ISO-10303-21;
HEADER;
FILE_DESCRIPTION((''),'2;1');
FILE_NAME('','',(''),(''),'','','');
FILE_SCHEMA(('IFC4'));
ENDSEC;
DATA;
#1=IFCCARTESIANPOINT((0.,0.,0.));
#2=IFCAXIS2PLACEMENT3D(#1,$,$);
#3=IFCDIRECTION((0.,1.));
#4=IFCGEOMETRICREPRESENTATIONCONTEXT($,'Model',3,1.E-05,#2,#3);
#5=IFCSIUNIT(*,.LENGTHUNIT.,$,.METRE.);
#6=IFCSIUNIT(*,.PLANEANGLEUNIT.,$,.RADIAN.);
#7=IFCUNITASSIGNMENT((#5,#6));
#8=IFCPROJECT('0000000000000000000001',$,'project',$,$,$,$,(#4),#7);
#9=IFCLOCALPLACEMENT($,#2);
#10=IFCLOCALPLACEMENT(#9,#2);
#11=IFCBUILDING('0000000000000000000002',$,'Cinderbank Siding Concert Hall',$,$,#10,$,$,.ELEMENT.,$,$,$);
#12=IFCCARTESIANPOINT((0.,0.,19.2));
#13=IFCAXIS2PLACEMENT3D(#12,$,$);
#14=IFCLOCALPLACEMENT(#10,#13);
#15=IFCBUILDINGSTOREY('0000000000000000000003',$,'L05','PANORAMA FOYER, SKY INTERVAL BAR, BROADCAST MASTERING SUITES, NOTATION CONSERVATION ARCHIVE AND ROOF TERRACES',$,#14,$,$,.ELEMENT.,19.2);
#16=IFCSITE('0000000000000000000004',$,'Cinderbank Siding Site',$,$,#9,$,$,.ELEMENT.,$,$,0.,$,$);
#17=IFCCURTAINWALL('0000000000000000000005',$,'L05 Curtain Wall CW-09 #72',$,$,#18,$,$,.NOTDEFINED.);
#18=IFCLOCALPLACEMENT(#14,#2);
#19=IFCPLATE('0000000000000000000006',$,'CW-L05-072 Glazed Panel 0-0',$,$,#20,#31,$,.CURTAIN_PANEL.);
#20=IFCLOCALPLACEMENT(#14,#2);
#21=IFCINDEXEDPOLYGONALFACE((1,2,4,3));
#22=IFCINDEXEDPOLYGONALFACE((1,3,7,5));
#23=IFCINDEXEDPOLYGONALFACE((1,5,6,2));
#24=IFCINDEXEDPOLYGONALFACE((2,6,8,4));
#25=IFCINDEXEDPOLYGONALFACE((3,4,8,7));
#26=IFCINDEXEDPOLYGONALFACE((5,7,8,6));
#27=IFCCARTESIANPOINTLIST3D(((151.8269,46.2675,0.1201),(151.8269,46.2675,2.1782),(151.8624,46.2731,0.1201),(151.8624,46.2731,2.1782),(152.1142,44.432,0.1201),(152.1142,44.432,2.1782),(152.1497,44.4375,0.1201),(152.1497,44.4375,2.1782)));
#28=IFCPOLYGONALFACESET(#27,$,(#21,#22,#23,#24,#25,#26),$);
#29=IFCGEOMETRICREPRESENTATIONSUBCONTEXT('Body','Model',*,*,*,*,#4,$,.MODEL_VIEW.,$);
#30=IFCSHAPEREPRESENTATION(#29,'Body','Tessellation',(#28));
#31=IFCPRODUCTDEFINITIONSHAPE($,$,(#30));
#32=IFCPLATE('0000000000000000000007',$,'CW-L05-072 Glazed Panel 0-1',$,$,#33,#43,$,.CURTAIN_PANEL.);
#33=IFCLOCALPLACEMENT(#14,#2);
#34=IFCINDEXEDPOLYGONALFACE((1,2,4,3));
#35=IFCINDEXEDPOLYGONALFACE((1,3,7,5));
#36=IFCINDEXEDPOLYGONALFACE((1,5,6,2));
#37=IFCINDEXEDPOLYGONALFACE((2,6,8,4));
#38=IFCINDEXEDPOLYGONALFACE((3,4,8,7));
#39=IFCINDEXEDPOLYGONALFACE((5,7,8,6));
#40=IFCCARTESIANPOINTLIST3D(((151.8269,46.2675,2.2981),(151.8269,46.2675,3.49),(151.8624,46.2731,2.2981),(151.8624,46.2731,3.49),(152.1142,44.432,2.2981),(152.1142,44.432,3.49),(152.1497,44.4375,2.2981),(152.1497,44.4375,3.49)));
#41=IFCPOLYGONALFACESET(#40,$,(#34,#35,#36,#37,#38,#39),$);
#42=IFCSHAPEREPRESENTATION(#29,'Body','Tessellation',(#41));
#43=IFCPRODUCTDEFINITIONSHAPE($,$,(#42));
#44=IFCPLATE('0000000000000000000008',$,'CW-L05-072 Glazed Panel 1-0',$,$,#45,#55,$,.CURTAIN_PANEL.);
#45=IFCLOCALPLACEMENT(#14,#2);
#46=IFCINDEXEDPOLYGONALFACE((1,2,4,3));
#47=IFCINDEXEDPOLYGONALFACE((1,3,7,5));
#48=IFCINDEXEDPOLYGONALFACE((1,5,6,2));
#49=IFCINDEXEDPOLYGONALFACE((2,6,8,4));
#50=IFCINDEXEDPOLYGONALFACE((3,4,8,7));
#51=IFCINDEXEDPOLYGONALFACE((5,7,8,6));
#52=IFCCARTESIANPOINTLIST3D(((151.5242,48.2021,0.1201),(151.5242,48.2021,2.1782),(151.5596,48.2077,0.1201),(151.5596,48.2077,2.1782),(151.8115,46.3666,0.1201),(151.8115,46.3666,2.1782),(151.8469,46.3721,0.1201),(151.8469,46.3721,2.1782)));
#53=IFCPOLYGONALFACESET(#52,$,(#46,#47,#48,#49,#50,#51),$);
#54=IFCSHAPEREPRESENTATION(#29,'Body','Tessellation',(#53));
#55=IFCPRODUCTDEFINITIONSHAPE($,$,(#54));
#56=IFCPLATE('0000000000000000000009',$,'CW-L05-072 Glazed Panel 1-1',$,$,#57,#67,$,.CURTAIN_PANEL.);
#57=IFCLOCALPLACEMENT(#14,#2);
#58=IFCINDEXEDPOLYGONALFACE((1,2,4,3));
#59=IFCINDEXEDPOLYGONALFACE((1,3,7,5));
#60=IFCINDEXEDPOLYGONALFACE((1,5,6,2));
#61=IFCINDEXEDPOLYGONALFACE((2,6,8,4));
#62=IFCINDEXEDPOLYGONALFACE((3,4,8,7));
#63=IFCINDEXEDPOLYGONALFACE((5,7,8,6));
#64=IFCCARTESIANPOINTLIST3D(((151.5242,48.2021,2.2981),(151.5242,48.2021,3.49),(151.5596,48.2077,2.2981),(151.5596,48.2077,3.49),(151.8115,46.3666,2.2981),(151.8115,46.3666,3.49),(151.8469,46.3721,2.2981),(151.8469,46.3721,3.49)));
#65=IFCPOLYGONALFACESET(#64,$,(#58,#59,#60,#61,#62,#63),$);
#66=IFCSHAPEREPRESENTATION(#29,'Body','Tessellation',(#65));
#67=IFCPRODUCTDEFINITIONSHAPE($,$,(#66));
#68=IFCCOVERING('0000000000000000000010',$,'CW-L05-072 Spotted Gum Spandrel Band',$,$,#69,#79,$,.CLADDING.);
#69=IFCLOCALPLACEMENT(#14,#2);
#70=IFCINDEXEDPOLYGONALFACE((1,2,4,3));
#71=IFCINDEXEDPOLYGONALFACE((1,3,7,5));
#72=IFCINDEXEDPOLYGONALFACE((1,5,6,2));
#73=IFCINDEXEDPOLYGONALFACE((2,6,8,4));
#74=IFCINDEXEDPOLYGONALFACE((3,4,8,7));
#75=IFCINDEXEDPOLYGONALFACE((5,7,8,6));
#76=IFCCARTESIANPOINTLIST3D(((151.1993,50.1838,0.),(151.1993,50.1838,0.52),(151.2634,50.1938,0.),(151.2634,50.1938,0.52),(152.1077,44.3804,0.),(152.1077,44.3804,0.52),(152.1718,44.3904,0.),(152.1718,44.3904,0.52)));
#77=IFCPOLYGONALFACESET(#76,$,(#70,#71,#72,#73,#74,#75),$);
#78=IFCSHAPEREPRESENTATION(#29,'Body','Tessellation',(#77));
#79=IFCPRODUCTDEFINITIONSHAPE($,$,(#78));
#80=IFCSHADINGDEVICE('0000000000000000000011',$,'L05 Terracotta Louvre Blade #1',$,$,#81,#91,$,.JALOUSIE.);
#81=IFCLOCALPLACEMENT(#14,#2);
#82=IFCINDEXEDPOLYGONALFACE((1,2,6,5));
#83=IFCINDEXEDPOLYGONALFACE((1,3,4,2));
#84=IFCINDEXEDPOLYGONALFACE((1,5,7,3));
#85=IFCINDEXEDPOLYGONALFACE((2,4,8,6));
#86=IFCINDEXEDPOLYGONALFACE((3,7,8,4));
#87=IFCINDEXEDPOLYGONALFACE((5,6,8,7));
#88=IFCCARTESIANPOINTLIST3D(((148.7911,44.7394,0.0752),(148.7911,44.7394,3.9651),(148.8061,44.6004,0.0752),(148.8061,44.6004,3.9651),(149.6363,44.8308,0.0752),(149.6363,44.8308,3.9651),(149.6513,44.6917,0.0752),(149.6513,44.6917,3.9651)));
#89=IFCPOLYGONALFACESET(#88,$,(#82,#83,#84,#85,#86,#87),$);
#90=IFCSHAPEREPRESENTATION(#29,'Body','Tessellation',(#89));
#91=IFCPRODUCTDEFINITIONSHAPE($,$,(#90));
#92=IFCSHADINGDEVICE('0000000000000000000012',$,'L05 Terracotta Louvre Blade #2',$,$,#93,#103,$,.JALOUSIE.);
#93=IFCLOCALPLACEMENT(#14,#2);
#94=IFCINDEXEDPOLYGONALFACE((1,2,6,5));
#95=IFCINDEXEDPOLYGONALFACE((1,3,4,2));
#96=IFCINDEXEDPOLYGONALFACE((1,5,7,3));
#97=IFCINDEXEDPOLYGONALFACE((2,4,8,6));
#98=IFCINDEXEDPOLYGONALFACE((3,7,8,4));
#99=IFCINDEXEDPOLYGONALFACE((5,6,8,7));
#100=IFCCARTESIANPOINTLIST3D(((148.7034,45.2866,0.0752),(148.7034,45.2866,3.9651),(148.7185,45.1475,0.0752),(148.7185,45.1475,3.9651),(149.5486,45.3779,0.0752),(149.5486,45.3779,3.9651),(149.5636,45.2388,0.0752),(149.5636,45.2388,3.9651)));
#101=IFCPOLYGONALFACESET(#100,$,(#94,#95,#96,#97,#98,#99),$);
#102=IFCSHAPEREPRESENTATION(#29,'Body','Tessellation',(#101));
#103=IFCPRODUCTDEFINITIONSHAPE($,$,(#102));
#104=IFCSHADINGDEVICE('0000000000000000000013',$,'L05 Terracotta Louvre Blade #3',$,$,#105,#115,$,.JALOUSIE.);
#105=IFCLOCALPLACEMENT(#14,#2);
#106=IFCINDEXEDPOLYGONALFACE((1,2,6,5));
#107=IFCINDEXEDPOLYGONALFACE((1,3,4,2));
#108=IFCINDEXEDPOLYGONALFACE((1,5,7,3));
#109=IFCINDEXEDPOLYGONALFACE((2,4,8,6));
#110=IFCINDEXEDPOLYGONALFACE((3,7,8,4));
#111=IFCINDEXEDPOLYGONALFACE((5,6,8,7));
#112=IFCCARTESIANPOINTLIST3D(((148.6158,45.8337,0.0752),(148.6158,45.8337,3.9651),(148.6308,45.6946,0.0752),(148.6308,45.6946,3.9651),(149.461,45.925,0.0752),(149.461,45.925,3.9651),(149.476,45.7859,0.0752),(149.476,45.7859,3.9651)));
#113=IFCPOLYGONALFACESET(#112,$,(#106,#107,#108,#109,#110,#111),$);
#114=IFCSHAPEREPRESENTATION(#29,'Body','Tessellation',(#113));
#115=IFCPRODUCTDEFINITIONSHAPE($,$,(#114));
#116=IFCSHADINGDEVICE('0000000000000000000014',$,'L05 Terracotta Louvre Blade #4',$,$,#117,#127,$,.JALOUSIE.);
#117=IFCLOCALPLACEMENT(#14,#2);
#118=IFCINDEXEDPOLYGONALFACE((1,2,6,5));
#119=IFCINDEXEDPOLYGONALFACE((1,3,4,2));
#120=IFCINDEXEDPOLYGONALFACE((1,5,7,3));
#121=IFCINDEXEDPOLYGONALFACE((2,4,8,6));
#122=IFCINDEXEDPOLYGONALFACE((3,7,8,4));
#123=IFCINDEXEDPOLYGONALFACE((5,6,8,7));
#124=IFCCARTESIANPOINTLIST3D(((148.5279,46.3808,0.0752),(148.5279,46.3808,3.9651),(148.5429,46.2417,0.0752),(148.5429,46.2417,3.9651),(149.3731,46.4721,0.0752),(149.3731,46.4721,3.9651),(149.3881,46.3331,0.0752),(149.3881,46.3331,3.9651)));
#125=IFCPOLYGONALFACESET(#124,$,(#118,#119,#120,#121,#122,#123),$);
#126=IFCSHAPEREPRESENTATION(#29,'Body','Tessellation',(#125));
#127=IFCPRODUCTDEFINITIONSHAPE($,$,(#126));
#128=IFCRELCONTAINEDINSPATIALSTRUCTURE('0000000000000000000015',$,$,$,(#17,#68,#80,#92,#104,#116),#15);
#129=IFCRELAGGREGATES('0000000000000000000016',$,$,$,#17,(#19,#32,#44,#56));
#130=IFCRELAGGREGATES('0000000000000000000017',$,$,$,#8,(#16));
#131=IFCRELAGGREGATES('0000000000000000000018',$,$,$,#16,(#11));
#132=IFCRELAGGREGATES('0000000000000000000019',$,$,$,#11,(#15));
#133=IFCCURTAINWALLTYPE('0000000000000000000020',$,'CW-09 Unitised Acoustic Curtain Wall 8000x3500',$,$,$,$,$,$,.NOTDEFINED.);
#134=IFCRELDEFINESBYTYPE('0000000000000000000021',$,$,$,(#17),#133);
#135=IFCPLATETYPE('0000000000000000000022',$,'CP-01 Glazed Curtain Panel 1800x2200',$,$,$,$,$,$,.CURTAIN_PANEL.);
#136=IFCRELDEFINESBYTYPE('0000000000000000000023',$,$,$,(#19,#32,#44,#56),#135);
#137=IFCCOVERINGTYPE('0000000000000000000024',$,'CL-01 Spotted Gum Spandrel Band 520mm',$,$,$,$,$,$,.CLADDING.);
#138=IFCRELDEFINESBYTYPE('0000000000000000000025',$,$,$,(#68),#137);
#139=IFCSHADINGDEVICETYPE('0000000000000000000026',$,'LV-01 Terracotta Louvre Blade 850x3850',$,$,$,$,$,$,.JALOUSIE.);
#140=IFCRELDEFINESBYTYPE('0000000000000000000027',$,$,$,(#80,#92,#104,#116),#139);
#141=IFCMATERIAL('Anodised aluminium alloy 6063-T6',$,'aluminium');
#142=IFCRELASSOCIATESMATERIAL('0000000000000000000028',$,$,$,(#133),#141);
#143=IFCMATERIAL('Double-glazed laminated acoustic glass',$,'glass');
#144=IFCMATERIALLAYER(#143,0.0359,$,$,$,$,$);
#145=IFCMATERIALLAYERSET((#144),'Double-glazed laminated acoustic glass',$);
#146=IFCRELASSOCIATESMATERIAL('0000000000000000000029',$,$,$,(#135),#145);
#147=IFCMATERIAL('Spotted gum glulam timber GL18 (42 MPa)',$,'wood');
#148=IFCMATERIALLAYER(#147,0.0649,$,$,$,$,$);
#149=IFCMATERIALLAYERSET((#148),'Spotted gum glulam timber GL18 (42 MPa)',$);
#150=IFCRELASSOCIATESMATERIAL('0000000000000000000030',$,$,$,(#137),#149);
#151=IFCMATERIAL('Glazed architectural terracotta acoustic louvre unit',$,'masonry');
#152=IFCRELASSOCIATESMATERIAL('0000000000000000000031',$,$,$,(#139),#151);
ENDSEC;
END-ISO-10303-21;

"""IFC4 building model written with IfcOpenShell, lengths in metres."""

from ifc_helpers import new_model, si_unit, direction, frame, origin, origin_2d, place, context, subcontext, project, spatial, rectangle, extrude, material, layer, layer_set, type_object, element, aggregate, save


model = new_model("IFC4")

# Units and contexts
model_context = context("Model", 3, precision=1e-05, world=origin(), true_north=direction((0.0, 1.0)))
body_context = subcontext(model_context, "Body", "Model", "MODEL_VIEW")
ifc_project = project(units=[si_unit("LENGTHUNIT", "METRE"), si_unit("PLANEANGLEUNIT", "RADIAN")], contexts=[model_context])

# Site, building, storey
site_placement = place(None, origin())
site = spatial("IfcSite", under=ifc_project, at=site_placement, Name="Cinderbank Siding Site", CompositionType="ELEMENT", RefElevation=0.0)
building_placement = place(site_placement, origin())
building = spatial("IfcBuilding", under=site, at=building_placement, Name="Cinderbank Siding Concert Hall", CompositionType="ELEMENT")
storey_placement = place(building_placement, frame((0.0, 0.0, 19.2)))
storey = spatial("IfcBuildingStorey", under=building, at=storey_placement, Name="L05", Description="PANORAMA FOYER, SKY INTERVAL BAR, BROADCAST MASTERING SUITES, NOTATION CONSERVATION ARCHIVE AND ROOF TERRACES", CompositionType="ELEMENT", Elevation=19.2)

# Curtain wall
ifc_material_1 = material(Name="Anodised aluminium alloy 6063-T6", Category="aluminium")
curtain_wall_type = type_object("IfcCurtainWallType", Name="CW-09 Unitised Acoustic Curtain Wall 8000x3500", PredefinedType="NOTDEFINED", material=ifc_material_1)
curtain_wall_placement = place(storey_placement, origin())
curtain_wall = element("IfcCurtainWall", 1, at=curtain_wall_placement, inside=storey, type_object=curtain_wall_type, Name="L05 Curtain Wall CW-09 #72", PredefinedType="NOTDEFINED")

# Plates
ifc_material_2 = material(Name="Double-glazed laminated acoustic glass", Category="glass")
ifc_layer_1 = layer(ifc_material_2, 0.0359)
ifc_layer_set_1 = layer_set([ifc_layer_1], Name="Double-glazed laminated acoustic glass")
plate_type = type_object("IfcPlateType", Name="CP-01 Glazed Curtain Panel 1800x2200", PredefinedType="CURTAIN_PANEL", material=ifc_layer_set_1)
plate_1_placement = place(storey_placement, frame((151.9883, 45.3525, 0.1201), z_axis=(0.0, 0.0, 1.0), x_axis=(-0.154643, 0.98797, 0.0)))
plate_1 = element("IfcPlate", 2, at=plate_1_placement, type_object=plate_type, Name="CW-L05-072 Glazed Panel 0-0", PredefinedType="CURTAIN_PANEL", context=body_context, shape_type="SweptSolid", body=[
    extrude(rectangle(XDim=1.8579, YDim=0.0359, at=origin_2d()), origin(), (0.0, 0.0, 1.0), 2.0581),
])
plate_2_placement = place(storey_placement, frame((151.9883, 45.3525, 2.2981), z_axis=(0.0, 0.0, 1.0), x_axis=(-0.154643, 0.98797, 0.0)))
plate_2 = element("IfcPlate", 3, at=plate_2_placement, type_object=plate_type, Name="CW-L05-072 Glazed Panel 0-1", PredefinedType="CURTAIN_PANEL", context=body_context, shape_type="SweptSolid", body=[
    extrude(rectangle(XDim=1.8579, YDim=0.0359, at=origin_2d()), origin(), (0.0, 0.0, 1.0), 1.1919),
])
plate_3_placement = place(storey_placement, frame((151.6855, 47.2871, 0.1201), z_axis=(0.0, 0.0, 1.0), x_axis=(-0.154643, 0.98797, 0.0)))
plate_3 = element("IfcPlate", 4, at=plate_3_placement, type_object=plate_type, Name="CW-L05-072 Glazed Panel 1-0", PredefinedType="CURTAIN_PANEL", context=body_context, shape_type="SweptSolid", body=[
    extrude(rectangle(XDim=1.8579, YDim=0.0359, at=origin_2d()), origin(), (0.0, 0.0, 1.0), 2.0581),
])
plate_4_placement = place(storey_placement, frame((151.6855, 47.2871, 2.2981), z_axis=(0.0, 0.0, 1.0), x_axis=(-0.154643, 0.98797, 0.0)))
plate_4 = element("IfcPlate", 5, at=plate_4_placement, type_object=plate_type, Name="CW-L05-072 Glazed Panel 1-1", PredefinedType="CURTAIN_PANEL", context=body_context, shape_type="SweptSolid", body=[
    extrude(rectangle(XDim=1.8579, YDim=0.0359, at=origin_2d()), origin(), (0.0, 0.0, 1.0), 1.1919),
])
aggregate(curtain_wall, [plate_1, plate_2, plate_3, plate_4])

# Covering
ifc_material_3 = material(Name="Spotted gum glulam timber GL18 (42 MPa)", Category="wood")
ifc_layer_2 = layer(ifc_material_3, 0.0649)
ifc_layer_set_2 = layer_set([ifc_layer_2], Name="Spotted gum glulam timber GL18 (42 MPa)")
covering_type = type_object("IfcCoveringType", Name="CL-01 Spotted Gum Spandrel Band 520mm", PredefinedType="CLADDING", material=ifc_layer_set_2)
covering_placement = place(storey_placement, frame((151.6855, 47.2871, 0.0), z_axis=(0.0, 0.0, 1.0), x_axis=(-0.154643, 0.98797, 0.0)))
element("IfcCovering", 6, at=covering_placement, inside=storey, type_object=covering_type, Name="CW-L05-072 Spotted Gum Spandrel Band", PredefinedType="CLADDING", context=body_context, shape_type="SweptSolid", body=[
    extrude(rectangle(XDim=5.874, YDim=0.0649, at=origin_2d()), origin(), (0.0, 0.0, 1.0), 0.52),
])

# Shading devices
ifc_material_4 = material(Name="Glazed architectural terracotta acoustic louvre unit", Category="masonry")
shading_device_type = type_object("IfcShadingDeviceType", Name="LV-01 Terracotta Louvre Blade 850x3850", PredefinedType="JALOUSIE", material=ifc_material_4)
for number, where, z_axis, x_axis, name in (
    (7, (149.2212, 44.7156, 0.0752), (0.0, 0.0, 1.0), (0.994211, 0.107447, 0.0), "L05 Terracotta Louvre Blade #1"),
    (8, (149.1335, 45.2627, 0.0752), (0.0, 0.0, 1.0), (0.994211, 0.107447, 0.0), "L05 Terracotta Louvre Blade #2"),
    (9, (149.0459, 45.8098, 0.0752), (0.0, 0.0, 1.0), (0.994211, 0.107447, 0.0), "L05 Terracotta Louvre Blade #3"),
    (10, (148.958, 46.3569, 0.0752), (0.0, 0.0, 1.0), (0.994211, 0.107447, 0.0), "L05 Terracotta Louvre Blade #4"),
):
    element("IfcShadingDevice", number, at=place(storey_placement, frame(where, z_axis=z_axis, x_axis=x_axis)), inside=storey, type_object=shading_device_type, Name=name, PredefinedType="JALOUSIE", context=body_context, shape_type="SweptSolid", body=[
        extrude(rectangle(XDim=0.8501, YDim=0.1399, at=origin_2d()), origin(), (0.0, 0.0, 1.0), 3.8899),
    ])

save(model, "model.ifc")
